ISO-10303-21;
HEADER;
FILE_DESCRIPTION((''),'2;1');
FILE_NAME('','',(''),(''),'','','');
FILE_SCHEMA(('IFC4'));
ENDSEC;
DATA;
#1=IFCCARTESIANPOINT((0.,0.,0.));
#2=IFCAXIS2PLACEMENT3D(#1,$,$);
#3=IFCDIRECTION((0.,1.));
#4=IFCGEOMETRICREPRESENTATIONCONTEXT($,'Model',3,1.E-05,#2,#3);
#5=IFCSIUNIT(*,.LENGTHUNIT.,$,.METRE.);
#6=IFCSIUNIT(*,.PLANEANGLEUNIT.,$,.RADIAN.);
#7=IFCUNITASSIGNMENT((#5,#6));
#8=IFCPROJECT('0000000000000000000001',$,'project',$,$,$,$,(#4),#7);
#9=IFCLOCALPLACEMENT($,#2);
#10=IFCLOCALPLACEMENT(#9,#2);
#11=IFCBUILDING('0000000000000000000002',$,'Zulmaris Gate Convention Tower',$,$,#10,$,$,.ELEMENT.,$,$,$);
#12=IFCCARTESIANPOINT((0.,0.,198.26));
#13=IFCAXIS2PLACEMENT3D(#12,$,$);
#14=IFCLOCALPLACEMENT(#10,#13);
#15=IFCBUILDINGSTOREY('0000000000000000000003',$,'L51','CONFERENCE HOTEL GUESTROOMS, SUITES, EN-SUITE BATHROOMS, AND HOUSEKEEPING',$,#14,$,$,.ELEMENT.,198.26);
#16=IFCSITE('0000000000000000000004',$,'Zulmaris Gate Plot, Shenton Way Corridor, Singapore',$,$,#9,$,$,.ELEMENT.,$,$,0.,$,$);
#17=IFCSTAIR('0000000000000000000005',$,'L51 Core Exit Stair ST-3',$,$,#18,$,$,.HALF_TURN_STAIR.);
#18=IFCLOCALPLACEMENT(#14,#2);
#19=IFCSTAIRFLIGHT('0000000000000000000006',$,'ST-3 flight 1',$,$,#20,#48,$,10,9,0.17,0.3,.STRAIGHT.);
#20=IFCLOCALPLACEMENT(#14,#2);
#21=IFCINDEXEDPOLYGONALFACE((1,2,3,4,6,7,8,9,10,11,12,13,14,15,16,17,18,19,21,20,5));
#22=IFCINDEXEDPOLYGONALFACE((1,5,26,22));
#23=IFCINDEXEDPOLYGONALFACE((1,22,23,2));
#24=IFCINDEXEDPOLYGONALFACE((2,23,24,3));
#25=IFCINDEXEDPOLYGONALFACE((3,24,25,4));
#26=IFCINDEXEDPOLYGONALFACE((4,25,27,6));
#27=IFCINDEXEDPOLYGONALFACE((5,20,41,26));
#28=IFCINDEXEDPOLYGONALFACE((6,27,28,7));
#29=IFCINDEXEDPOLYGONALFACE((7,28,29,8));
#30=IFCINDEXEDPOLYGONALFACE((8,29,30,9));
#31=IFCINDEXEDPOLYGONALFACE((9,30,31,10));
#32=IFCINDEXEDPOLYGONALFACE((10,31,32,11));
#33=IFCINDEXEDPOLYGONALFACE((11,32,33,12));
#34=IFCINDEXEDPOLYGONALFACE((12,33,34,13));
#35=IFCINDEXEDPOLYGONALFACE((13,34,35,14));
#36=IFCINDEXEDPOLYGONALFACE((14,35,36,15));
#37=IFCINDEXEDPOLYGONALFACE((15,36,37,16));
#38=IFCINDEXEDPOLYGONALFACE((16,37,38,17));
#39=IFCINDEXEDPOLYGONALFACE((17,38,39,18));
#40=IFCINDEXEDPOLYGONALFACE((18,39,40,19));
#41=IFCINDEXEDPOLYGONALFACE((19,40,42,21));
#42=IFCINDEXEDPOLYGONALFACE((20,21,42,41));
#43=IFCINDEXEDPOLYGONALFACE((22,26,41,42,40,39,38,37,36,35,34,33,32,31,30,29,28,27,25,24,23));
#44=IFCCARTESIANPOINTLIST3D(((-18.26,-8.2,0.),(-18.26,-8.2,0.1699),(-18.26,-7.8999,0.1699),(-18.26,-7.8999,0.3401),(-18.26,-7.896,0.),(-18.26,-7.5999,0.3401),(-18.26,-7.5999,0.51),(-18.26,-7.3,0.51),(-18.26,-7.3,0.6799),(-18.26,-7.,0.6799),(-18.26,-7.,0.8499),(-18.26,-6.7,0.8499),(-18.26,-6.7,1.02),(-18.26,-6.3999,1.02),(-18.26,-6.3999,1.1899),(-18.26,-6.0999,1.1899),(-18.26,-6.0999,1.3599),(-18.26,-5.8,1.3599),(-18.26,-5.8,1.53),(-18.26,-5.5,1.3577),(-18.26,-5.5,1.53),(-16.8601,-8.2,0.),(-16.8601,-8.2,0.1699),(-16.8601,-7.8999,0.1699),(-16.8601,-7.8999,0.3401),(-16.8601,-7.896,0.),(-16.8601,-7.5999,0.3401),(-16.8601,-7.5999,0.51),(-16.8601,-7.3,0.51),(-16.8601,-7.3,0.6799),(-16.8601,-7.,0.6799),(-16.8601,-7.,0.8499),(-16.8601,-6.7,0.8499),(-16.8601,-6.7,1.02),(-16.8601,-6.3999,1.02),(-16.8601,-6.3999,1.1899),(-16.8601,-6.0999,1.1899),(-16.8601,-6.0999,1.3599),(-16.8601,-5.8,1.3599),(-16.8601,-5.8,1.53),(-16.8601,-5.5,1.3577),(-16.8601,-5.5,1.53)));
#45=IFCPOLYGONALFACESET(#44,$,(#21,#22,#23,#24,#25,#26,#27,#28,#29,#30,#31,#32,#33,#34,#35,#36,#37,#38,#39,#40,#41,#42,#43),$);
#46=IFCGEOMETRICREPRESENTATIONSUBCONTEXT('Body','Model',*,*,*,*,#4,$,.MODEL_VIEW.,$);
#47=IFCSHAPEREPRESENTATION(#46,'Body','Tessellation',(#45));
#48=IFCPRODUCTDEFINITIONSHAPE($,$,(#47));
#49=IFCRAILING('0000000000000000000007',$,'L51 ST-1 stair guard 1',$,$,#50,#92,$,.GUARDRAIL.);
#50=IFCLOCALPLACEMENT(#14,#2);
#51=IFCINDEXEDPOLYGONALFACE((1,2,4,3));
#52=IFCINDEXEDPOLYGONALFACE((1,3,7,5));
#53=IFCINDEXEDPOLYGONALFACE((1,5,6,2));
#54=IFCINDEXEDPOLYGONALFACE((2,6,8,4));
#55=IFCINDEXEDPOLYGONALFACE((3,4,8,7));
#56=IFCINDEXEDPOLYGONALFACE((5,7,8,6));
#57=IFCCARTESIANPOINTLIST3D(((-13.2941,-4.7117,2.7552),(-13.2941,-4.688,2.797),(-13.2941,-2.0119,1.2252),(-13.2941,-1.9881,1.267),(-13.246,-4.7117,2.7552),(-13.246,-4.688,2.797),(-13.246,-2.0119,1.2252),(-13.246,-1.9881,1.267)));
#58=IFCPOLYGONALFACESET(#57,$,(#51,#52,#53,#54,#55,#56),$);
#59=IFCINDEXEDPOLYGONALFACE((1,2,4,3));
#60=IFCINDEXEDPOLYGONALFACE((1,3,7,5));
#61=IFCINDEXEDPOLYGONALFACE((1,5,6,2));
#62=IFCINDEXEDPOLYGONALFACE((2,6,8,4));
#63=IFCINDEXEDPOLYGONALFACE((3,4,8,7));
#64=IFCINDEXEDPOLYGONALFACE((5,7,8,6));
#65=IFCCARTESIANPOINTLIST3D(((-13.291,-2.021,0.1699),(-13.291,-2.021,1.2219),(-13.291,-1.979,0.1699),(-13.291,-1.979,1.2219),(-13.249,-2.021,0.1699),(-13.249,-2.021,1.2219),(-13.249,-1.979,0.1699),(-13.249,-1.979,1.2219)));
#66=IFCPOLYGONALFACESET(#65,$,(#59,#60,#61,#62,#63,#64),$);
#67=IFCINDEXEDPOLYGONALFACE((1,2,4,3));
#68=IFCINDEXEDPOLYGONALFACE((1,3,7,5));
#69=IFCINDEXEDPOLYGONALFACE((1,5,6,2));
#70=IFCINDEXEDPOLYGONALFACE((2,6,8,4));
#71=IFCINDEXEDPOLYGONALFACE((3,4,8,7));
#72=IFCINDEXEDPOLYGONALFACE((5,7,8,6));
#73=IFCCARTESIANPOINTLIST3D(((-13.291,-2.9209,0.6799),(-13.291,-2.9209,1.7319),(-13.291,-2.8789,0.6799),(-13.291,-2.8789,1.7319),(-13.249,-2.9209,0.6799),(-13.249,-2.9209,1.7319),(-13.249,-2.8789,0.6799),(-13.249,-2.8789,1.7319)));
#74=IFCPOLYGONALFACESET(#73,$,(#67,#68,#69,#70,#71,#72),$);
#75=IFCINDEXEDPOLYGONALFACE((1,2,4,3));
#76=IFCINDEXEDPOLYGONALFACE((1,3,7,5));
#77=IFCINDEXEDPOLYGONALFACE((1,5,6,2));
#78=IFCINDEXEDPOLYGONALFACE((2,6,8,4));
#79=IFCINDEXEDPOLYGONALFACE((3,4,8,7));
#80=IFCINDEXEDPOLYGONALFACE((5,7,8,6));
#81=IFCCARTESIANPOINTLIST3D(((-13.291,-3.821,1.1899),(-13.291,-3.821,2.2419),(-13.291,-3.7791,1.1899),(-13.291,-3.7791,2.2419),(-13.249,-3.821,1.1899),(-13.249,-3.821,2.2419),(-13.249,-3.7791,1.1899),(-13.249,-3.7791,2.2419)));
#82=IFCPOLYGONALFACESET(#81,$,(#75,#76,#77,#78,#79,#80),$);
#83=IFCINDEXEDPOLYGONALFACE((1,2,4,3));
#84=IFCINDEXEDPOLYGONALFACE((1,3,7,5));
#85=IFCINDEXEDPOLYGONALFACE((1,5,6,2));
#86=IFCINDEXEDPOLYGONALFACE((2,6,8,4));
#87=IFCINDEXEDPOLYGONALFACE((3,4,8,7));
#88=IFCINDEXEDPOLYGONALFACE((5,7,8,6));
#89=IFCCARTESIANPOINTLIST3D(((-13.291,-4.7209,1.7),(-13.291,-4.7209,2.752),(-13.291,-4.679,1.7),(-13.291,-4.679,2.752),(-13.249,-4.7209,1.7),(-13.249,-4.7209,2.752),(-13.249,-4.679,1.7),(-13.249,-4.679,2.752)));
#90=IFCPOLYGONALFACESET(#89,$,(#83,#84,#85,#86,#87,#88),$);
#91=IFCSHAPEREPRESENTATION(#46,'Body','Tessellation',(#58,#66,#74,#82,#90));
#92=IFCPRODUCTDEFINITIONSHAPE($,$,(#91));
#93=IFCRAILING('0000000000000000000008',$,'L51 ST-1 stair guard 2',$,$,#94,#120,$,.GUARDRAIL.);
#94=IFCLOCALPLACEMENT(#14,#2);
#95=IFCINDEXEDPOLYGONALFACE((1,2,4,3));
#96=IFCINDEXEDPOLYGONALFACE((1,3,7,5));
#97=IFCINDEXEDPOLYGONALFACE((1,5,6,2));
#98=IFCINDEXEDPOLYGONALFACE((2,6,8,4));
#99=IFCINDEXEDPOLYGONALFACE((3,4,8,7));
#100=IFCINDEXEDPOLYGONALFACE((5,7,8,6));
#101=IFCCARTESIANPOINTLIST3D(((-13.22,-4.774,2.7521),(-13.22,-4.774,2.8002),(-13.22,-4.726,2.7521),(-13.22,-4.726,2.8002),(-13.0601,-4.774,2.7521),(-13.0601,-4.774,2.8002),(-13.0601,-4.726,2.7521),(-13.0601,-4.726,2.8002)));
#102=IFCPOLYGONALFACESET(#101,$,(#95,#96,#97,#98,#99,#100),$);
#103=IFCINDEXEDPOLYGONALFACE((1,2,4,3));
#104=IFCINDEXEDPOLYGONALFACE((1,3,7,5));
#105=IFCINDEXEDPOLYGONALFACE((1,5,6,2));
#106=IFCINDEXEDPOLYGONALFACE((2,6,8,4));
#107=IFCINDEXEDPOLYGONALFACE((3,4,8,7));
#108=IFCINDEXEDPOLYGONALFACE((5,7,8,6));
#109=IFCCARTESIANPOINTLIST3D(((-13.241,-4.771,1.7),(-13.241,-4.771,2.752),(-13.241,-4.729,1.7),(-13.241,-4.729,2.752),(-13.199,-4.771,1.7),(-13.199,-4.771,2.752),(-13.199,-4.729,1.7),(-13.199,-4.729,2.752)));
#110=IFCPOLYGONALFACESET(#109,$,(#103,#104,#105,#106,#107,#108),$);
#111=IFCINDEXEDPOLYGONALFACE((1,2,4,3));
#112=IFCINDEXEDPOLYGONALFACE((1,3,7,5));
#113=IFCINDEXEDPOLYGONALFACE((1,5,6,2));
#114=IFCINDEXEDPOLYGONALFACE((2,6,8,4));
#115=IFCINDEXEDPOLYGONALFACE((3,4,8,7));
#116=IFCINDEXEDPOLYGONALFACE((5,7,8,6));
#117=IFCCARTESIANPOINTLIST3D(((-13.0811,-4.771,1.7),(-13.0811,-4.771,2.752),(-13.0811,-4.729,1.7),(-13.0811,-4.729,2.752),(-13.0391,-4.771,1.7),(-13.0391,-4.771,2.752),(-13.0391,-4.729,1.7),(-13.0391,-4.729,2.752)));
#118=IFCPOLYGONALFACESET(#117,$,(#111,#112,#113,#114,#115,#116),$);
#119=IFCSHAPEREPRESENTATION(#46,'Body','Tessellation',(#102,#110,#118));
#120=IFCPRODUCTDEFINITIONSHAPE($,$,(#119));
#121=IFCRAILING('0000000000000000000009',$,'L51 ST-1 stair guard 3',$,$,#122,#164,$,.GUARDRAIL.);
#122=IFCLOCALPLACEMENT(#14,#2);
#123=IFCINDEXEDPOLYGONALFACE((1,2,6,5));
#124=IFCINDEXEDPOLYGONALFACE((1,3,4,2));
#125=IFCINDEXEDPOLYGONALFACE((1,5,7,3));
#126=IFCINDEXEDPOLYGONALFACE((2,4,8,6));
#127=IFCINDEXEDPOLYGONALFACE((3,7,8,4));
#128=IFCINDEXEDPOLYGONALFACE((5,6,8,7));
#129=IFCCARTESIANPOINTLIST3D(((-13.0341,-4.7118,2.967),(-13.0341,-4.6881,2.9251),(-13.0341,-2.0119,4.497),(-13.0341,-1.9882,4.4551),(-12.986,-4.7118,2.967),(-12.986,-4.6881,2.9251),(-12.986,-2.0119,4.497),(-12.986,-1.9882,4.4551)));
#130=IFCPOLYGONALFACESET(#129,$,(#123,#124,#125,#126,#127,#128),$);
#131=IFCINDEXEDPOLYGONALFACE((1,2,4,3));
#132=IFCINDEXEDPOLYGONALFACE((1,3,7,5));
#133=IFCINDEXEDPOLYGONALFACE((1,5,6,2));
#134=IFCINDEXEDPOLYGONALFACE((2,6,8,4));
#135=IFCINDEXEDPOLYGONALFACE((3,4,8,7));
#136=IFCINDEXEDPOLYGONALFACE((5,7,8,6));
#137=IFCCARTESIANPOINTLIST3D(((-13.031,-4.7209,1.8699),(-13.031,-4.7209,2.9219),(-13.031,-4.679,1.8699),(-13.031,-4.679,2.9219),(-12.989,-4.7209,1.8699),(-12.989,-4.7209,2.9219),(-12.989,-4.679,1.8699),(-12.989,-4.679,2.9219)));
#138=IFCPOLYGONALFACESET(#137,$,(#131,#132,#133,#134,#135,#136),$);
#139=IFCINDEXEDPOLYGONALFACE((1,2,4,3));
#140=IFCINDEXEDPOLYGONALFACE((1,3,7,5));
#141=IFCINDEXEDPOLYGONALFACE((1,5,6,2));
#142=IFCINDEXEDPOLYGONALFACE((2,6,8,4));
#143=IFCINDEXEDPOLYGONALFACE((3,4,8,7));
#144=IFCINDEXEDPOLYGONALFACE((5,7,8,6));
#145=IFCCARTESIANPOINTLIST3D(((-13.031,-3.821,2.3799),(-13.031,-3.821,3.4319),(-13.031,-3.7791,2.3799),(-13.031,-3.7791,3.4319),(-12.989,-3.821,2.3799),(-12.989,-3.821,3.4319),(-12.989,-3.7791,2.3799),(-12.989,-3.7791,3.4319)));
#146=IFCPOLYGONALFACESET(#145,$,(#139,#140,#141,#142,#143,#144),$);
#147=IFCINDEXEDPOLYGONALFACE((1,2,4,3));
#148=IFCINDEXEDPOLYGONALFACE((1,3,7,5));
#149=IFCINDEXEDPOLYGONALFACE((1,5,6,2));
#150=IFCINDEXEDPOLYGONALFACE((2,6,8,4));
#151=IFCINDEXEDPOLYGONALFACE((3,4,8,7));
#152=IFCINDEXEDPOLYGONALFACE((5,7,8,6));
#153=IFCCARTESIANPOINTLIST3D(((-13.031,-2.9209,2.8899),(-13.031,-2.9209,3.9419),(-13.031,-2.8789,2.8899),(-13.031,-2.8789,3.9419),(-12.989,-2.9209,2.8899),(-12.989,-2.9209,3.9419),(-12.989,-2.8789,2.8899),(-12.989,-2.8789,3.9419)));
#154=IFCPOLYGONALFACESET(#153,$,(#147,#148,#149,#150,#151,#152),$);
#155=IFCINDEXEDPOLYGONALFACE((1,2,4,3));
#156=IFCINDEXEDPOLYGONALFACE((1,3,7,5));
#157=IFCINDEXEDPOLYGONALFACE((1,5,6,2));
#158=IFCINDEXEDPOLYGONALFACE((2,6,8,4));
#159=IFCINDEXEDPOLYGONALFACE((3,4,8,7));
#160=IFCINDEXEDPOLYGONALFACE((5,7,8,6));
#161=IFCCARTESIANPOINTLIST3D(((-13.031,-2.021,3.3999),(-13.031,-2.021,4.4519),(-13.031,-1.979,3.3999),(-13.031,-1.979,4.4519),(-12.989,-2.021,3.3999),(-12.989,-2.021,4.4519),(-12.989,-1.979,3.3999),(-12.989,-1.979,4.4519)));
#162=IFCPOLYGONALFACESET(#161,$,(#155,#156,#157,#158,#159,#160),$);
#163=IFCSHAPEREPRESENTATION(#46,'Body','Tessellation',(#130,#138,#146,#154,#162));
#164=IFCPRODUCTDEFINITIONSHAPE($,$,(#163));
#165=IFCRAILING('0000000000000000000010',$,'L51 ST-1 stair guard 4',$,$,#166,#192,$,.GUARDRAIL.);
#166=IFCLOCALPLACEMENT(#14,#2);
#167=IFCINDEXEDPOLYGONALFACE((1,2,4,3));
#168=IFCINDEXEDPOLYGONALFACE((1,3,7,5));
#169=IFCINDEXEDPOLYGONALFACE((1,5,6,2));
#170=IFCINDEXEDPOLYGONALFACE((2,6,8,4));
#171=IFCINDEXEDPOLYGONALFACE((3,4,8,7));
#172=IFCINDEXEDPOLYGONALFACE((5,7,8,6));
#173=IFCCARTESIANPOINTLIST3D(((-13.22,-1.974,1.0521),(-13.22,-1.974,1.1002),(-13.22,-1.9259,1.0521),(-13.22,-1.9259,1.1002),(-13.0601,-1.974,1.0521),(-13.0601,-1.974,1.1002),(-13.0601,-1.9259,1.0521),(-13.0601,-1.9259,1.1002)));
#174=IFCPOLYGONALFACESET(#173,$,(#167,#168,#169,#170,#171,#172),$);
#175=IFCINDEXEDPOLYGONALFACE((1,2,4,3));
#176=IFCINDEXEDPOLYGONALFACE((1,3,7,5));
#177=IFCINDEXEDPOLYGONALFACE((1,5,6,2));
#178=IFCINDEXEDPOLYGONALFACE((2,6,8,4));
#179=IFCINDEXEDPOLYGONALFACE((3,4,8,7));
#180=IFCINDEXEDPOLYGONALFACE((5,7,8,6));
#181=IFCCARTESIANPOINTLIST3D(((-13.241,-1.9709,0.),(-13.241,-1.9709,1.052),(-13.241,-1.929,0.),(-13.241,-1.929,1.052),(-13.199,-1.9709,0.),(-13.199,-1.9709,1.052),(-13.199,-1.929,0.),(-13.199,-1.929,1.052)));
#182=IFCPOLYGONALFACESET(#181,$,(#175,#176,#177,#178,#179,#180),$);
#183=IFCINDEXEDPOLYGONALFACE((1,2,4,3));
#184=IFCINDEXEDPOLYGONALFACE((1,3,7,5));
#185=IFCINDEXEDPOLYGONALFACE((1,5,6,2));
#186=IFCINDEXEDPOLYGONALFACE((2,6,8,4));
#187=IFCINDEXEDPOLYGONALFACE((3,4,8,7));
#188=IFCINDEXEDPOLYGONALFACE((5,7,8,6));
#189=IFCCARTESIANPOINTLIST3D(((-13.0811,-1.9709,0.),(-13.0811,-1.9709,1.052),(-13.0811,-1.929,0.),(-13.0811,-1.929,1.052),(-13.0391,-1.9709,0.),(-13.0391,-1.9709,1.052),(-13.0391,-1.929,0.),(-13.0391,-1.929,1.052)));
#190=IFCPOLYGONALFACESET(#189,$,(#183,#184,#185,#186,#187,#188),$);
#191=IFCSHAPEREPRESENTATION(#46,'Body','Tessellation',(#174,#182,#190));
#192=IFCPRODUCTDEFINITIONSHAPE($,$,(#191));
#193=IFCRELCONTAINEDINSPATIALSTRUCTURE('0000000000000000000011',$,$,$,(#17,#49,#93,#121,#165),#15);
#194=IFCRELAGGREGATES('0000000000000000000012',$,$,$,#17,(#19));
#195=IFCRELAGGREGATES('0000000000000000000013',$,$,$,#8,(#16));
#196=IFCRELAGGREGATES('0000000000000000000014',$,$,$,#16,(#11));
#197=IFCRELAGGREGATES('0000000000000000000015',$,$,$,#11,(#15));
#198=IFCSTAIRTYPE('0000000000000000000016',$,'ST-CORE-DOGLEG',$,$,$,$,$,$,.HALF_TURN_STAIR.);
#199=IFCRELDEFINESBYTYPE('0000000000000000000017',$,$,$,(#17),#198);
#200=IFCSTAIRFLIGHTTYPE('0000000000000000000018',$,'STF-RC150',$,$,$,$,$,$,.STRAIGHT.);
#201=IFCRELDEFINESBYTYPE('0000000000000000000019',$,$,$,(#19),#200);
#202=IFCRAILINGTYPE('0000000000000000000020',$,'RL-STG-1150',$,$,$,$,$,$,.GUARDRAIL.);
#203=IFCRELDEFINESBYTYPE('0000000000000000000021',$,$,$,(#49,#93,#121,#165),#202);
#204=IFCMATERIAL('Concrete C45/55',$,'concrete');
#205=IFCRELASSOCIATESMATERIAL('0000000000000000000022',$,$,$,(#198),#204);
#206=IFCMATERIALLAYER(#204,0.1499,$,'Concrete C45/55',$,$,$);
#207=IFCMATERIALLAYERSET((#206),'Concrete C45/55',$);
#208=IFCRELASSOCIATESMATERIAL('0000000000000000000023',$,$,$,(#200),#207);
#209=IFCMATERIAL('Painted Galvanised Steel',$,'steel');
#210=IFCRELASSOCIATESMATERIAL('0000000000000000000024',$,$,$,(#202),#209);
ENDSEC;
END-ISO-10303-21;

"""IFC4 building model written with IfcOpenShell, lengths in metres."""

from ifc_helpers import new_model, si_unit, direction, frame, origin, origin_2d, place, context, subcontext, project, spatial, polyline, rectangle, outline, extrude, material, layer, layer_set, type_object, element, aggregate, save


model = new_model("IFC4")

# Units and contexts
model_context = context("Model", 3, precision=1e-05, world=origin(), true_north=direction((0.0, 1.0)))
body_context = subcontext(model_context, "Body", "Model", "MODEL_VIEW")
ifc_project = project(units=[si_unit("LENGTHUNIT", "METRE"), si_unit("PLANEANGLEUNIT", "RADIAN")], contexts=[model_context])

# Site, building, storey
site_placement = place(None, origin())
site = spatial("IfcSite", under=ifc_project, at=site_placement, Name="Zulmaris Gate Plot, Shenton Way Corridor, Singapore", CompositionType="ELEMENT", RefElevation=0.0)
building_placement = place(site_placement, origin())
building = spatial("IfcBuilding", under=site, at=building_placement, Name="Zulmaris Gate Convention Tower", CompositionType="ELEMENT")
storey_placement = place(building_placement, frame((0.0, 0.0, 198.26)))
storey = spatial("IfcBuildingStorey", under=building, at=storey_placement, Name="L51", Description="CONFERENCE HOTEL GUESTROOMS, SUITES, EN-SUITE BATHROOMS, AND HOUSEKEEPING", CompositionType="ELEMENT", Elevation=198.26)

# Shared definitions
ifc_material_1 = material(Name="Concrete C45/55", Category="concrete")
stair_type = type_object("IfcStairType", Name="ST-CORE-DOGLEG", PredefinedType="HALF_TURN_STAIR", material=ifc_material_1)
ifc_layer_1 = layer(ifc_material_1, 0.1499, Name="Concrete C45/55")
ifc_layer_set_1 = layer_set([ifc_layer_1], Name="Concrete C45/55")
stair_flight_type = type_object("IfcStairFlightType", Name="STF-RC150", PredefinedType="STRAIGHT", material=ifc_layer_set_1)

# Stair, stair flight
stair_1_placement = place(storey_placement, origin())
stair_1 = element("IfcStair", 1, at=stair_1_placement, inside=storey, type_object=stair_type, Name="L51 Core Exit Stair ST-3", PredefinedType="HALF_TURN_STAIR")
stair_flight_1_placement = place(storey_placement, frame((-17.5601, -8.2, 0.0), z_axis=(0.0, 0.0, 1.0), x_axis=(0.0, 1.0, 0.0)))
stair_flight_1 = element("IfcStairFlight", 2, at=stair_flight_1_placement, type_object=stair_flight_type, Name="ST-3 flight 1", NumberOfRisers=10, NumberOfTreads=9, PredefinedType="STRAIGHT", RiserHeight=0.17, TreadLength=0.3, context=body_context, shape_type="SweptSolid", body=[
    extrude(outline(polyline([(0.0, 0.0), (0.0, 0.1699), (0.3, 0.1699), (0.3, 0.3401), (0.6001, 0.3401), (0.6001, 0.51), (0.8999, 0.51), (0.8999, 0.6799), (1.2, 0.6799), (1.2, 0.8499), (1.5, 0.8499), (1.5, 1.02), (1.8, 1.02), (1.8, 1.1899), (2.1001, 1.1899), (2.1001, 1.3599), (2.3999, 1.3599), (2.3999, 1.53), (2.7, 1.53), (2.7, 1.7), (2.7, 1.3577), (0.304, 0.0), (0.0, 0.0)])), frame((0.0, 0.7, 0.0), z_axis=(0.0, -1.0, 0.0), x_axis=(1.0, 0.0, 0.0)), (0.0, 0.0, 1.0), 1.3999),
])
aggregate(stair_1, [stair_flight_1])

# Railings
ifc_material_2 = material(Name="Painted Galvanised Steel", Category="steel")
railing_type_1 = type_object("IfcRailingType", Name="RL-STG-1150", PredefinedType="GUARDRAIL", material=ifc_material_2)
railing_1_placement = place(storey_placement, frame((-13.27, -2.0, 0.1699)))
element("IfcRailing", 3, at=railing_1_placement, inside=storey, type_object=railing_type_1, Name="L51 ST-1 stair guard 1", PredefinedType="GUARDRAIL", context=body_context, shape_type="SweptSolid", body=[
    extrude(rectangle(XDim=0.0481, YDim=0.0481, at=origin_2d()), frame((0.0, 0.0, 1.0762), z_axis=(0.0, -0.870014, 0.493026), x_axis=(1.0, 0.0, 0.0)), (0.0, 0.0, 1.0), 3.1033),
    extrude(rectangle(XDim=0.042, YDim=0.042, at=origin_2d()), origin(), (0.0, 0.0, 1.0), 1.052),
    extrude(rectangle(XDim=0.042, YDim=0.042, at=origin_2d()), frame((0.0, -0.8999, 0.51)), (0.0, 0.0, 1.0), 1.052),
    extrude(rectangle(XDim=0.042, YDim=0.042, at=origin_2d()), frame((0.0, -1.8, 1.02)), (0.0, 0.0, 1.0), 1.052),
    extrude(rectangle(XDim=0.042, YDim=0.042, at=origin_2d()), frame((0.0, -2.7, 1.53)), (0.0, 0.0, 1.0), 1.052),
])
railing_2_placement = place(storey_placement, frame((-13.22, -4.75, 1.7)))
element("IfcRailing", 4, at=railing_2_placement, inside=storey, type_object=railing_type_1, Name="L51 ST-1 stair guard 2", PredefinedType="GUARDRAIL", context=body_context, shape_type="SweptSolid", body=[
    extrude(rectangle(XDim=0.0481, YDim=0.0481, at=origin_2d()), frame((0.0, 0.0, 1.0762), z_axis=(1.0, 0.0, 0.0), x_axis=(0.0, 1.0, 0.0)), (0.0, 0.0, 1.0), 0.1599),
    extrude(rectangle(XDim=0.042, YDim=0.042, at=origin_2d()), origin(), (0.0, 0.0, 1.0), 1.052),
    extrude(rectangle(XDim=0.042, YDim=0.042, at=origin_2d()), frame((0.1599, 0.0, 0.0)), (0.0, 0.0, 1.0), 1.052),
])
railing_3_placement = place(storey_placement, frame((-13.01, -4.7, 1.8699)))
element("IfcRailing", 5, at=railing_3_placement, inside=storey, type_object=railing_type_1, Name="L51 ST-1 stair guard 3", PredefinedType="GUARDRAIL", context=body_context, shape_type="SweptSolid", body=[
    extrude(rectangle(XDim=0.0481, YDim=0.0481, at=origin_2d()), frame((0.0, 0.0, 1.0762), z_axis=(0.0, 0.870014, 0.493026), x_axis=(-1.0, 0.0, 0.0)), (0.0, 0.0, 1.0), 3.1033),
    extrude(rectangle(XDim=0.042, YDim=0.042, at=origin_2d()), origin(), (0.0, 0.0, 1.0), 1.052),
    extrude(rectangle(XDim=0.042, YDim=0.042, at=origin_2d()), frame((0.0, 0.8999, 0.51)), (0.0, 0.0, 1.0), 1.052),
    extrude(rectangle(XDim=0.042, YDim=0.042, at=origin_2d()), frame((0.0, 1.8, 1.02)), (0.0, 0.0, 1.0), 1.052),
    extrude(rectangle(XDim=0.042, YDim=0.042, at=origin_2d()), frame((0.0, 2.7, 1.53)), (0.0, 0.0, 1.0), 1.052),
])
railing_4_placement = place(storey_placement, frame((-13.22, -1.95, 0.0)))
element("IfcRailing", 6, at=railing_4_placement, inside=storey, type_object=railing_type_1, Name="L51 ST-1 stair guard 4", PredefinedType="GUARDRAIL", context=body_context, shape_type="SweptSolid", body=[
    extrude(rectangle(XDim=0.0481, YDim=0.0481, at=origin_2d()), frame((0.0, 0.0, 1.0762), z_axis=(1.0, 0.0, 0.0), x_axis=(0.0, 1.0, 0.0)), (0.0, 0.0, 1.0), 0.1599),
    extrude(rectangle(XDim=0.042, YDim=0.042, at=origin_2d()), origin(), (0.0, 0.0, 1.0), 1.052),
    extrude(rectangle(XDim=0.042, YDim=0.042, at=origin_2d()), frame((0.1599, 0.0, 0.0)), (0.0, 0.0, 1.0), 1.052),
])

save(model, "model.ifc")
